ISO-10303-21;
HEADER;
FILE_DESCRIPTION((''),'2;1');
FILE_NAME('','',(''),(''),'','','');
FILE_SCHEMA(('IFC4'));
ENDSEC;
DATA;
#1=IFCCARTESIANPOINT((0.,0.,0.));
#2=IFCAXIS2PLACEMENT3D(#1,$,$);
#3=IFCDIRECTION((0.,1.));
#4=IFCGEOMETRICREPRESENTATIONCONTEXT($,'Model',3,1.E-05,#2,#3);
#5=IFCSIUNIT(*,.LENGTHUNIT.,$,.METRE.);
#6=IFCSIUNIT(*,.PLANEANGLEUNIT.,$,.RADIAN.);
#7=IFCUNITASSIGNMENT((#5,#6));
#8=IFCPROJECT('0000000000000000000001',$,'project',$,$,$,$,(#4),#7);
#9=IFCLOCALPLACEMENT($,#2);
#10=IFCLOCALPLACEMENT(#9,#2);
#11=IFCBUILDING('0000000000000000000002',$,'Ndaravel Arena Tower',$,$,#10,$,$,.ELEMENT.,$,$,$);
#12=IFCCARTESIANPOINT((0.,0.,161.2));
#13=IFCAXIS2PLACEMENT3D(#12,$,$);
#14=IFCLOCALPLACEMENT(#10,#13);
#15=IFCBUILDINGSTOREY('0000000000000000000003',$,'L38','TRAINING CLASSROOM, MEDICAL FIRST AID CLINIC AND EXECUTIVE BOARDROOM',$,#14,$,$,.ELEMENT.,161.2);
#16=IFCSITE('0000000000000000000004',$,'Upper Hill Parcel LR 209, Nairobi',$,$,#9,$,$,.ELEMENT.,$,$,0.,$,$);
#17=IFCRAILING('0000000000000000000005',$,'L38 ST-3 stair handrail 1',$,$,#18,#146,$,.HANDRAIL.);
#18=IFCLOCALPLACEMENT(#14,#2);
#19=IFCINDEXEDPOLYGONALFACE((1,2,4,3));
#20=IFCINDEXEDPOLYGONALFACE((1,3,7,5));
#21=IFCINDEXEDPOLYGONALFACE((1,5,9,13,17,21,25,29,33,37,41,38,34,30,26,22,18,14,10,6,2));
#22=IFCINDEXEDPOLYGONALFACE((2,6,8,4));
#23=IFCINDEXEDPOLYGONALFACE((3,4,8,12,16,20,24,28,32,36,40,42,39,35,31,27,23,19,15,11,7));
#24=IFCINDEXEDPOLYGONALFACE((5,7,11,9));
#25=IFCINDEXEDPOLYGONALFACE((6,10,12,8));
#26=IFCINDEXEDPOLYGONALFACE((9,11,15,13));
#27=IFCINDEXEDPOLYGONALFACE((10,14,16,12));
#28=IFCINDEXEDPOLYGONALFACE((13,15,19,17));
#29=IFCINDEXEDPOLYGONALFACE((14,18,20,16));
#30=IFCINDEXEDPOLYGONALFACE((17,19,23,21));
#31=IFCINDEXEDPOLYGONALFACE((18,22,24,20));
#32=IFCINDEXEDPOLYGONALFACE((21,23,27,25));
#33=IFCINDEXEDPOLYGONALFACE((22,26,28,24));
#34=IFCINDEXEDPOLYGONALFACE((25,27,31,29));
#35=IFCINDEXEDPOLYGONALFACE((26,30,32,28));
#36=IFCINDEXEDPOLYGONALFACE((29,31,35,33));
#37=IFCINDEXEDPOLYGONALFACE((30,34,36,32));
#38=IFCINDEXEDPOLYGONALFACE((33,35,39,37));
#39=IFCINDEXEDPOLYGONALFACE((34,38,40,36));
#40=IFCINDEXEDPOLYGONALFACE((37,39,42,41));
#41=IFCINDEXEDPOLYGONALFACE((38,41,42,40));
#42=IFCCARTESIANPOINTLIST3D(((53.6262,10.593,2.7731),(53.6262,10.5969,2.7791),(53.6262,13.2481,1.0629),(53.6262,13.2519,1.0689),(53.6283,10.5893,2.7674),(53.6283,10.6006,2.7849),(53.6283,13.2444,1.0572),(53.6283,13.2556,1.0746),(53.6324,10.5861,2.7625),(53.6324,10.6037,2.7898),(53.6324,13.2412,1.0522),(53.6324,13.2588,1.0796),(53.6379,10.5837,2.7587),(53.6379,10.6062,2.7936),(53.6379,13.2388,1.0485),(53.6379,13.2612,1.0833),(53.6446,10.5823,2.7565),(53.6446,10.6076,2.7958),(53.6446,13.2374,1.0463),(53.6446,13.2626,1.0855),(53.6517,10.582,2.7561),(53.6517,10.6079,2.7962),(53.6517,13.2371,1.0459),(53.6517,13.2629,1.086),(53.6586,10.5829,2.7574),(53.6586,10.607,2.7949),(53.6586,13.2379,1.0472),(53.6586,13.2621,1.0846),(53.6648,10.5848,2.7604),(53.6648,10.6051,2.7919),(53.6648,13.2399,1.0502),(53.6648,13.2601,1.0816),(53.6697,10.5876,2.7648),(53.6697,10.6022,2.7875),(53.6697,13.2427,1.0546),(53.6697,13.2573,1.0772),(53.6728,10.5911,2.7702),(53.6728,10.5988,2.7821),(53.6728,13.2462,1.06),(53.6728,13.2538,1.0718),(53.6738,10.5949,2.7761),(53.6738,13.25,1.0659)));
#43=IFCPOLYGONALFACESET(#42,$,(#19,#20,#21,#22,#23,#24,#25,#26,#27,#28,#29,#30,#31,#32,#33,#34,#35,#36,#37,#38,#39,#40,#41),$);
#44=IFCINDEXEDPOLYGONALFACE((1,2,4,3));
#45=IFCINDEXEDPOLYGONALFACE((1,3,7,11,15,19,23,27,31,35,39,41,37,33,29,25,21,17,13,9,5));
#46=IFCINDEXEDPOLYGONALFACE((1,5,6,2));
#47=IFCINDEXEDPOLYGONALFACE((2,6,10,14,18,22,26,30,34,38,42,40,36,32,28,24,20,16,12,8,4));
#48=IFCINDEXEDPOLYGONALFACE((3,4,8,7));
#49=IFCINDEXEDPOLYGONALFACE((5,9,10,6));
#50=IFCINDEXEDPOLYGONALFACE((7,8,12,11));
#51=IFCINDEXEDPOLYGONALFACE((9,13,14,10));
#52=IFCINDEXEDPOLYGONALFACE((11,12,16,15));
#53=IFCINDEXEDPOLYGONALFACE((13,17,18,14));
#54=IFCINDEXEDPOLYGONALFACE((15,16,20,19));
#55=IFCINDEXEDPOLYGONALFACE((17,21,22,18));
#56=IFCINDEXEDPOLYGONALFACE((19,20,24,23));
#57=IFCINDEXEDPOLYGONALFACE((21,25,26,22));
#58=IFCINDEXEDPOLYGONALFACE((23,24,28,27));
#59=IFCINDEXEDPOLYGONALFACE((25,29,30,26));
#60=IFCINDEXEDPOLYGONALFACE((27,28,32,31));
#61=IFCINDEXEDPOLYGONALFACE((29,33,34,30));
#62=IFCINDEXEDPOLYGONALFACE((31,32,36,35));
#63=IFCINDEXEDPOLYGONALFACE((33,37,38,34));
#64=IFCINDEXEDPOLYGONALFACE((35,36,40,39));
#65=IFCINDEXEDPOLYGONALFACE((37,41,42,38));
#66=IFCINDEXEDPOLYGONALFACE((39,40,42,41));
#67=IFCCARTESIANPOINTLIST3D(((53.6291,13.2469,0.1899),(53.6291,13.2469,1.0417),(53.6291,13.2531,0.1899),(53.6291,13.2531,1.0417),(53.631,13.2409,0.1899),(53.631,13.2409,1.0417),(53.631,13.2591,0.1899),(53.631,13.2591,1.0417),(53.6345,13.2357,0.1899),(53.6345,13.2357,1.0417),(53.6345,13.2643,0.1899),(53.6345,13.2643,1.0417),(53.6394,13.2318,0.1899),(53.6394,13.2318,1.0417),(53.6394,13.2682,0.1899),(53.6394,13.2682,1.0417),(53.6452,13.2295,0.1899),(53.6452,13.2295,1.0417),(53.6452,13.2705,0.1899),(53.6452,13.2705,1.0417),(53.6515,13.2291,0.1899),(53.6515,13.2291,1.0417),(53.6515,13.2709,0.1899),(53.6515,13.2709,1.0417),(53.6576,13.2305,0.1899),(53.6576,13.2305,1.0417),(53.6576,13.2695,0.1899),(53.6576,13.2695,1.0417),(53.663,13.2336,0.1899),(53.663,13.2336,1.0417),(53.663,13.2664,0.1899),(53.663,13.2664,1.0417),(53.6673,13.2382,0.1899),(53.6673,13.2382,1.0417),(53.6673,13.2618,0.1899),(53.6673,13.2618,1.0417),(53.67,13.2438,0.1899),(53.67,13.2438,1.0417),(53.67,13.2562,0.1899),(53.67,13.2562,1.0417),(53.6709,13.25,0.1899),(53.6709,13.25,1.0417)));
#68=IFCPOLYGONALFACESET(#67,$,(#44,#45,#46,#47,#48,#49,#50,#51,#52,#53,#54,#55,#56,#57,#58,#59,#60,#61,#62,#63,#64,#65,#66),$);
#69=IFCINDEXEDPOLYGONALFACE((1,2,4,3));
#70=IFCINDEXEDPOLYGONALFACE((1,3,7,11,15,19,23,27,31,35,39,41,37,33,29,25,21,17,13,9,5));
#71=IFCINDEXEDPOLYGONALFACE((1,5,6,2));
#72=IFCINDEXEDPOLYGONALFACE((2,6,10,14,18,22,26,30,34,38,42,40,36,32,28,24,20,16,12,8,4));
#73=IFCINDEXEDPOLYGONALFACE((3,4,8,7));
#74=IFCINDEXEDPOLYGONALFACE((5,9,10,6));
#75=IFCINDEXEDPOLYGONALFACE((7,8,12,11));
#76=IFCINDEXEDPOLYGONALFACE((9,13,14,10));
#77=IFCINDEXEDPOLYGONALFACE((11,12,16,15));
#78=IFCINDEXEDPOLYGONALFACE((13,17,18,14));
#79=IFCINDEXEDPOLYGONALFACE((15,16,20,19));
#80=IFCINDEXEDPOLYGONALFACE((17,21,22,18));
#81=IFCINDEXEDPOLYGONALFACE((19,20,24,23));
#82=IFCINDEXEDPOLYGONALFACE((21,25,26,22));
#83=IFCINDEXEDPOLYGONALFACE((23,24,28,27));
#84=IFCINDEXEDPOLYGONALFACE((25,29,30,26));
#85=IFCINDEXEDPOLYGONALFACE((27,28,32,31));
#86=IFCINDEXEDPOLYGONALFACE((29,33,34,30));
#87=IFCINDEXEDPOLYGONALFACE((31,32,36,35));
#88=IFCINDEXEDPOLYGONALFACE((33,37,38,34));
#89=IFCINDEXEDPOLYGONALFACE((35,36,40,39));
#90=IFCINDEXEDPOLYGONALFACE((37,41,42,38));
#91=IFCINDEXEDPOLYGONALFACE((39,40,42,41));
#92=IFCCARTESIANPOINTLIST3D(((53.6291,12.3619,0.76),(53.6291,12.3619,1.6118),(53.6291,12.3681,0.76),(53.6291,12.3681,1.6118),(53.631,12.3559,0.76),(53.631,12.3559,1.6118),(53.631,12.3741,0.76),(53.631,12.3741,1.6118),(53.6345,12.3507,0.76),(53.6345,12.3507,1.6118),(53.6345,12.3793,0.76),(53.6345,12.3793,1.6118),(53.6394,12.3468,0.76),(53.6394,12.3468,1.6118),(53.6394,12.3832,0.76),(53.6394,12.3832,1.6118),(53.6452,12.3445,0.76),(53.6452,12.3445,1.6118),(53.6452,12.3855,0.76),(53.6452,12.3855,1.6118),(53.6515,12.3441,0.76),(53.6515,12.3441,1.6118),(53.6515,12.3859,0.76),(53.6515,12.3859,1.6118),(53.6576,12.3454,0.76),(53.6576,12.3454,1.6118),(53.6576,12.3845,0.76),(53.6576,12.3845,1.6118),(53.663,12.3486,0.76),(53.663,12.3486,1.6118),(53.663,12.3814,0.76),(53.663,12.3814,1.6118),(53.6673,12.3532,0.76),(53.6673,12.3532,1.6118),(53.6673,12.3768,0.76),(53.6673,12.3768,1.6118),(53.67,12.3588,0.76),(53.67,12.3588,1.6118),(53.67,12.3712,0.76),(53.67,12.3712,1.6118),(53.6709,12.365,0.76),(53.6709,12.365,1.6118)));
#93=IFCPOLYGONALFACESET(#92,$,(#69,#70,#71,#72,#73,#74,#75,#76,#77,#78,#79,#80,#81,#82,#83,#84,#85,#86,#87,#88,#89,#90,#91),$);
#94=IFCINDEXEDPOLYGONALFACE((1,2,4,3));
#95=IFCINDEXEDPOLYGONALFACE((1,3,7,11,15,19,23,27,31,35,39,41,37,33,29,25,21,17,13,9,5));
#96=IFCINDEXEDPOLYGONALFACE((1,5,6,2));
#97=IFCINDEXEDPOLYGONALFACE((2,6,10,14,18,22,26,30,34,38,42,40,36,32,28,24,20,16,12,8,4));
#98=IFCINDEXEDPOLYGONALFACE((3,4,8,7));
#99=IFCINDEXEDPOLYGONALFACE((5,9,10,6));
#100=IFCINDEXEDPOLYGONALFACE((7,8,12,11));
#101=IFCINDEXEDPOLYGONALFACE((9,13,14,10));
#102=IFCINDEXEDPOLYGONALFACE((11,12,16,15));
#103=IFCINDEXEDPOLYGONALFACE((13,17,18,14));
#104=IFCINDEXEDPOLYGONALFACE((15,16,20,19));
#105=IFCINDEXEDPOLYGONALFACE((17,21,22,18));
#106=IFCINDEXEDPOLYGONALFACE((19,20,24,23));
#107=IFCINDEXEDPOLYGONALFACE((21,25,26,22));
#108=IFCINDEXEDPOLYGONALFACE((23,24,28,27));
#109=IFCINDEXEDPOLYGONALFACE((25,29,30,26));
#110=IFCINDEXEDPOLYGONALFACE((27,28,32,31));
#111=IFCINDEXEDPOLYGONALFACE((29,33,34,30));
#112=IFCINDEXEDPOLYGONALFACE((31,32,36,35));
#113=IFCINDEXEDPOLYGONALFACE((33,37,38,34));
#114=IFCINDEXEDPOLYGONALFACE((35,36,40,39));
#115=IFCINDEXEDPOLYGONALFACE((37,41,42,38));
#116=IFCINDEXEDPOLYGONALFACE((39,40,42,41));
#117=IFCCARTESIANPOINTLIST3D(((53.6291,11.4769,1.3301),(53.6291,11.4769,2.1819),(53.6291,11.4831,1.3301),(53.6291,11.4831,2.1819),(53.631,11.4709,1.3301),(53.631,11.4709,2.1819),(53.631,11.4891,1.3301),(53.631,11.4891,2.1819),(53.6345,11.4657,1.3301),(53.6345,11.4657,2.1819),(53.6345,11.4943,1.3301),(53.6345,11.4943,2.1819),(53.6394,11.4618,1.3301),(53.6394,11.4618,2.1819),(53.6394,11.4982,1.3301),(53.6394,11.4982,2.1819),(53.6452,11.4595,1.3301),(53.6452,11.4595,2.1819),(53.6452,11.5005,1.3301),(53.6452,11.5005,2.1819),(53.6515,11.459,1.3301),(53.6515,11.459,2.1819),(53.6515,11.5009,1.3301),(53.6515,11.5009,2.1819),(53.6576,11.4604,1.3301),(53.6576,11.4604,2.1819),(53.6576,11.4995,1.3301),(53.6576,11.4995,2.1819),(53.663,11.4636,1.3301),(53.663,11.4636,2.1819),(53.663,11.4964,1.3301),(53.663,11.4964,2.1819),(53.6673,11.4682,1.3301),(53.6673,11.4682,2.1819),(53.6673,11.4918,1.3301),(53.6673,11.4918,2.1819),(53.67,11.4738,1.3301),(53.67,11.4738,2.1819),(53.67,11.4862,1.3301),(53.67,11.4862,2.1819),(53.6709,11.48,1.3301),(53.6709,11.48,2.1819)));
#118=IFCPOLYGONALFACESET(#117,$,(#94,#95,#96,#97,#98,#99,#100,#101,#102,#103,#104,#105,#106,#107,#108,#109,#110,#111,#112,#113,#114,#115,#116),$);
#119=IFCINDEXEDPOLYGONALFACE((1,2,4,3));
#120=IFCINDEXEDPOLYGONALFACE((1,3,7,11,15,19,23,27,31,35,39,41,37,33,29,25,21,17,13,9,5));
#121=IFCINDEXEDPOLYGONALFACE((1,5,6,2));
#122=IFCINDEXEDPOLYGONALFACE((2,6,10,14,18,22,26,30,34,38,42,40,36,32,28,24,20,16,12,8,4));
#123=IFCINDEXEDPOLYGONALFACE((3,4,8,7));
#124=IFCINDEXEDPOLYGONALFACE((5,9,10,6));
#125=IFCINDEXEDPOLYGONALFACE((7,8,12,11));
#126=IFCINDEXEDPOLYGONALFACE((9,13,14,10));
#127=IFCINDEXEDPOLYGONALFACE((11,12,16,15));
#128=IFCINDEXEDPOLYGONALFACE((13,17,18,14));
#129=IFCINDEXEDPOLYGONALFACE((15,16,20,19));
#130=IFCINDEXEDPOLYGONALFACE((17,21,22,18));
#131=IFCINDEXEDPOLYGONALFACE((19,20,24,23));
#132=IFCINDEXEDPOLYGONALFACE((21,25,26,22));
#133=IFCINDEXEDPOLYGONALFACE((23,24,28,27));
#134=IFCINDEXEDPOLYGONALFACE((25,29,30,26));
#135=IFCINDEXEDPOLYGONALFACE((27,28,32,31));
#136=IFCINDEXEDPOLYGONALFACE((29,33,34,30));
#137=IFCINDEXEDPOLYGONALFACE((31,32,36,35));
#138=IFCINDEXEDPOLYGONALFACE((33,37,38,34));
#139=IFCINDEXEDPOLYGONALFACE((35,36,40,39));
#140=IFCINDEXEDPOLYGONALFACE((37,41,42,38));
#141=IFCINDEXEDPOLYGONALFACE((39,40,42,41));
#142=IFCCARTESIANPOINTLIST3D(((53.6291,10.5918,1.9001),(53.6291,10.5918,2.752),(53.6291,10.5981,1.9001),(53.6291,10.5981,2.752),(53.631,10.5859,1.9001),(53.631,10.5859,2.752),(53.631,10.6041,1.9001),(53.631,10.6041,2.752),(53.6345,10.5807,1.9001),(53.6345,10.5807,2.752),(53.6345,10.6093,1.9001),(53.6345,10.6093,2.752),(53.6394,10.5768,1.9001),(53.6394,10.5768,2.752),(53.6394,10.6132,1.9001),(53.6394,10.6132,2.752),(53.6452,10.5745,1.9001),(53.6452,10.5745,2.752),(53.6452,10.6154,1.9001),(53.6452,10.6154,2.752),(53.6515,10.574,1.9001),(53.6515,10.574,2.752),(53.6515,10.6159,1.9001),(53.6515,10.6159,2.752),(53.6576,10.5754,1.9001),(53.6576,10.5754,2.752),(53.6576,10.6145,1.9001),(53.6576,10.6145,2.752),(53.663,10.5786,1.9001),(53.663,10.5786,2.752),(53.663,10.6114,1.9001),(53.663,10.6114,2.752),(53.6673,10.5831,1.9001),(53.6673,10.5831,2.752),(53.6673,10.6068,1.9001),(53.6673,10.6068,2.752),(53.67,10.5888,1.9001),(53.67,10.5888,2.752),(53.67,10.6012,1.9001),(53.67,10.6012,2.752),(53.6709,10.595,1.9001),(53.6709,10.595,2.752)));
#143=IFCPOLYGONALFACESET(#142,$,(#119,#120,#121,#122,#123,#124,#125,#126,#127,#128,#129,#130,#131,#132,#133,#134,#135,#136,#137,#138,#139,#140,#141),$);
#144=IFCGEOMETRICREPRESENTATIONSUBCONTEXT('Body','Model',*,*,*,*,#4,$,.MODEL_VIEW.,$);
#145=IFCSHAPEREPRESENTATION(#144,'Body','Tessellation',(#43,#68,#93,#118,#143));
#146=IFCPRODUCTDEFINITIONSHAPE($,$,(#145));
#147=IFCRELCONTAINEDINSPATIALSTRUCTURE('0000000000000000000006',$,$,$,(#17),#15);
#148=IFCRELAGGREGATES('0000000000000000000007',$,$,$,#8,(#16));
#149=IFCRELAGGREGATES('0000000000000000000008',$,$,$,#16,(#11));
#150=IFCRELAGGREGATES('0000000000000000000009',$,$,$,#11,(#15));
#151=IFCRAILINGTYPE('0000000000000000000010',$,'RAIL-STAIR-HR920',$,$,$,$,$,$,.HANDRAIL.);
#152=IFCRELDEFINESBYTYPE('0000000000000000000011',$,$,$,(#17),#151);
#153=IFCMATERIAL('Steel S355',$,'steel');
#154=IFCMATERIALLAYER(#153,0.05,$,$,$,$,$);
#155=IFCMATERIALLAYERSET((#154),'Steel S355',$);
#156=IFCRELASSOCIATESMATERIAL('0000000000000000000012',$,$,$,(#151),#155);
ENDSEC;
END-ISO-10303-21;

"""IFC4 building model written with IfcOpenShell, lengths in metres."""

from ifc_helpers import new_model, si_unit, direction, frame, origin, origin_2d, place, context, subcontext, project, spatial, circle, extrude, material, layer, layer_set, type_object, element, save


model = new_model("IFC4")

# Units and contexts
model_context = context("Model", 3, precision=1e-05, world=origin(), true_north=direction((0.0, 1.0)))
body_context = subcontext(model_context, "Body", "Model", "MODEL_VIEW")
ifc_project = project(units=[si_unit("LENGTHUNIT", "METRE"), si_unit("PLANEANGLEUNIT", "RADIAN")], contexts=[model_context])

# Site, building, storey
site_placement = place(None, origin())
site = spatial("IfcSite", under=ifc_project, at=site_placement, Name="Upper Hill Parcel LR 209, Nairobi", CompositionType="ELEMENT", RefElevation=0.0)
building_placement = place(site_placement, origin())
building = spatial("IfcBuilding", under=site, at=building_placement, Name="Ndaravel Arena Tower", CompositionType="ELEMENT")
storey_placement = place(building_placement, frame((0.0, 0.0, 161.2)))
storey = spatial("IfcBuildingStorey", under=building, at=storey_placement, Name="L38", Description="TRAINING CLASSROOM, MEDICAL FIRST AID CLINIC AND EXECUTIVE BOARDROOM", CompositionType="ELEMENT", Elevation=161.2)

# Railing
ifc_material_1 = material(Name="Steel S355", Category="steel")
ifc_layer_1 = layer(ifc_material_1, 0.05)
ifc_layer_set_1 = layer_set([ifc_layer_1], Name="Steel S355")
railing_type_1 = type_object("IfcRailingType", Name="RAIL-STAIR-HR920", PredefinedType="HANDRAIL", material=ifc_layer_set_1)
railing_1_placement = place(storey_placement, frame((53.6499, 13.25, 0.1899)))
element("IfcRailing", 1, at=railing_1_placement, inside=storey, type_object=railing_type_1, Name="L38 ST-3 stair handrail 1", PredefinedType="HANDRAIL", context=body_context, shape_type="SweptSolid", body=[
    extrude(circle(Radius=0.0239, at=origin_2d()), frame((0.0, 0.0, 0.876), z_axis=(0.0, -0.840688, 0.541519), x_axis=(1.0, 0.0, 0.0)), (0.0, 0.0, 1.0), 3.1582),
    extrude(circle(Radius=0.021, at=origin_2d()), origin(), (0.0, 0.0, 1.0), 0.8518),
    extrude(circle(Radius=0.021, at=origin_2d()), frame((0.0, -0.885, 0.5701)), (0.0, 0.0, 1.0), 0.8518),
    extrude(circle(Radius=0.021, at=origin_2d()), frame((0.0, -1.77, 1.1401)), (0.0, 0.0, 1.0), 0.8518),
    extrude(circle(Radius=0.021, at=origin_2d()), frame((0.0, -2.655, 1.7102)), (0.0, 0.0, 1.0), 0.8518),
])

save(model, "model.ifc")
